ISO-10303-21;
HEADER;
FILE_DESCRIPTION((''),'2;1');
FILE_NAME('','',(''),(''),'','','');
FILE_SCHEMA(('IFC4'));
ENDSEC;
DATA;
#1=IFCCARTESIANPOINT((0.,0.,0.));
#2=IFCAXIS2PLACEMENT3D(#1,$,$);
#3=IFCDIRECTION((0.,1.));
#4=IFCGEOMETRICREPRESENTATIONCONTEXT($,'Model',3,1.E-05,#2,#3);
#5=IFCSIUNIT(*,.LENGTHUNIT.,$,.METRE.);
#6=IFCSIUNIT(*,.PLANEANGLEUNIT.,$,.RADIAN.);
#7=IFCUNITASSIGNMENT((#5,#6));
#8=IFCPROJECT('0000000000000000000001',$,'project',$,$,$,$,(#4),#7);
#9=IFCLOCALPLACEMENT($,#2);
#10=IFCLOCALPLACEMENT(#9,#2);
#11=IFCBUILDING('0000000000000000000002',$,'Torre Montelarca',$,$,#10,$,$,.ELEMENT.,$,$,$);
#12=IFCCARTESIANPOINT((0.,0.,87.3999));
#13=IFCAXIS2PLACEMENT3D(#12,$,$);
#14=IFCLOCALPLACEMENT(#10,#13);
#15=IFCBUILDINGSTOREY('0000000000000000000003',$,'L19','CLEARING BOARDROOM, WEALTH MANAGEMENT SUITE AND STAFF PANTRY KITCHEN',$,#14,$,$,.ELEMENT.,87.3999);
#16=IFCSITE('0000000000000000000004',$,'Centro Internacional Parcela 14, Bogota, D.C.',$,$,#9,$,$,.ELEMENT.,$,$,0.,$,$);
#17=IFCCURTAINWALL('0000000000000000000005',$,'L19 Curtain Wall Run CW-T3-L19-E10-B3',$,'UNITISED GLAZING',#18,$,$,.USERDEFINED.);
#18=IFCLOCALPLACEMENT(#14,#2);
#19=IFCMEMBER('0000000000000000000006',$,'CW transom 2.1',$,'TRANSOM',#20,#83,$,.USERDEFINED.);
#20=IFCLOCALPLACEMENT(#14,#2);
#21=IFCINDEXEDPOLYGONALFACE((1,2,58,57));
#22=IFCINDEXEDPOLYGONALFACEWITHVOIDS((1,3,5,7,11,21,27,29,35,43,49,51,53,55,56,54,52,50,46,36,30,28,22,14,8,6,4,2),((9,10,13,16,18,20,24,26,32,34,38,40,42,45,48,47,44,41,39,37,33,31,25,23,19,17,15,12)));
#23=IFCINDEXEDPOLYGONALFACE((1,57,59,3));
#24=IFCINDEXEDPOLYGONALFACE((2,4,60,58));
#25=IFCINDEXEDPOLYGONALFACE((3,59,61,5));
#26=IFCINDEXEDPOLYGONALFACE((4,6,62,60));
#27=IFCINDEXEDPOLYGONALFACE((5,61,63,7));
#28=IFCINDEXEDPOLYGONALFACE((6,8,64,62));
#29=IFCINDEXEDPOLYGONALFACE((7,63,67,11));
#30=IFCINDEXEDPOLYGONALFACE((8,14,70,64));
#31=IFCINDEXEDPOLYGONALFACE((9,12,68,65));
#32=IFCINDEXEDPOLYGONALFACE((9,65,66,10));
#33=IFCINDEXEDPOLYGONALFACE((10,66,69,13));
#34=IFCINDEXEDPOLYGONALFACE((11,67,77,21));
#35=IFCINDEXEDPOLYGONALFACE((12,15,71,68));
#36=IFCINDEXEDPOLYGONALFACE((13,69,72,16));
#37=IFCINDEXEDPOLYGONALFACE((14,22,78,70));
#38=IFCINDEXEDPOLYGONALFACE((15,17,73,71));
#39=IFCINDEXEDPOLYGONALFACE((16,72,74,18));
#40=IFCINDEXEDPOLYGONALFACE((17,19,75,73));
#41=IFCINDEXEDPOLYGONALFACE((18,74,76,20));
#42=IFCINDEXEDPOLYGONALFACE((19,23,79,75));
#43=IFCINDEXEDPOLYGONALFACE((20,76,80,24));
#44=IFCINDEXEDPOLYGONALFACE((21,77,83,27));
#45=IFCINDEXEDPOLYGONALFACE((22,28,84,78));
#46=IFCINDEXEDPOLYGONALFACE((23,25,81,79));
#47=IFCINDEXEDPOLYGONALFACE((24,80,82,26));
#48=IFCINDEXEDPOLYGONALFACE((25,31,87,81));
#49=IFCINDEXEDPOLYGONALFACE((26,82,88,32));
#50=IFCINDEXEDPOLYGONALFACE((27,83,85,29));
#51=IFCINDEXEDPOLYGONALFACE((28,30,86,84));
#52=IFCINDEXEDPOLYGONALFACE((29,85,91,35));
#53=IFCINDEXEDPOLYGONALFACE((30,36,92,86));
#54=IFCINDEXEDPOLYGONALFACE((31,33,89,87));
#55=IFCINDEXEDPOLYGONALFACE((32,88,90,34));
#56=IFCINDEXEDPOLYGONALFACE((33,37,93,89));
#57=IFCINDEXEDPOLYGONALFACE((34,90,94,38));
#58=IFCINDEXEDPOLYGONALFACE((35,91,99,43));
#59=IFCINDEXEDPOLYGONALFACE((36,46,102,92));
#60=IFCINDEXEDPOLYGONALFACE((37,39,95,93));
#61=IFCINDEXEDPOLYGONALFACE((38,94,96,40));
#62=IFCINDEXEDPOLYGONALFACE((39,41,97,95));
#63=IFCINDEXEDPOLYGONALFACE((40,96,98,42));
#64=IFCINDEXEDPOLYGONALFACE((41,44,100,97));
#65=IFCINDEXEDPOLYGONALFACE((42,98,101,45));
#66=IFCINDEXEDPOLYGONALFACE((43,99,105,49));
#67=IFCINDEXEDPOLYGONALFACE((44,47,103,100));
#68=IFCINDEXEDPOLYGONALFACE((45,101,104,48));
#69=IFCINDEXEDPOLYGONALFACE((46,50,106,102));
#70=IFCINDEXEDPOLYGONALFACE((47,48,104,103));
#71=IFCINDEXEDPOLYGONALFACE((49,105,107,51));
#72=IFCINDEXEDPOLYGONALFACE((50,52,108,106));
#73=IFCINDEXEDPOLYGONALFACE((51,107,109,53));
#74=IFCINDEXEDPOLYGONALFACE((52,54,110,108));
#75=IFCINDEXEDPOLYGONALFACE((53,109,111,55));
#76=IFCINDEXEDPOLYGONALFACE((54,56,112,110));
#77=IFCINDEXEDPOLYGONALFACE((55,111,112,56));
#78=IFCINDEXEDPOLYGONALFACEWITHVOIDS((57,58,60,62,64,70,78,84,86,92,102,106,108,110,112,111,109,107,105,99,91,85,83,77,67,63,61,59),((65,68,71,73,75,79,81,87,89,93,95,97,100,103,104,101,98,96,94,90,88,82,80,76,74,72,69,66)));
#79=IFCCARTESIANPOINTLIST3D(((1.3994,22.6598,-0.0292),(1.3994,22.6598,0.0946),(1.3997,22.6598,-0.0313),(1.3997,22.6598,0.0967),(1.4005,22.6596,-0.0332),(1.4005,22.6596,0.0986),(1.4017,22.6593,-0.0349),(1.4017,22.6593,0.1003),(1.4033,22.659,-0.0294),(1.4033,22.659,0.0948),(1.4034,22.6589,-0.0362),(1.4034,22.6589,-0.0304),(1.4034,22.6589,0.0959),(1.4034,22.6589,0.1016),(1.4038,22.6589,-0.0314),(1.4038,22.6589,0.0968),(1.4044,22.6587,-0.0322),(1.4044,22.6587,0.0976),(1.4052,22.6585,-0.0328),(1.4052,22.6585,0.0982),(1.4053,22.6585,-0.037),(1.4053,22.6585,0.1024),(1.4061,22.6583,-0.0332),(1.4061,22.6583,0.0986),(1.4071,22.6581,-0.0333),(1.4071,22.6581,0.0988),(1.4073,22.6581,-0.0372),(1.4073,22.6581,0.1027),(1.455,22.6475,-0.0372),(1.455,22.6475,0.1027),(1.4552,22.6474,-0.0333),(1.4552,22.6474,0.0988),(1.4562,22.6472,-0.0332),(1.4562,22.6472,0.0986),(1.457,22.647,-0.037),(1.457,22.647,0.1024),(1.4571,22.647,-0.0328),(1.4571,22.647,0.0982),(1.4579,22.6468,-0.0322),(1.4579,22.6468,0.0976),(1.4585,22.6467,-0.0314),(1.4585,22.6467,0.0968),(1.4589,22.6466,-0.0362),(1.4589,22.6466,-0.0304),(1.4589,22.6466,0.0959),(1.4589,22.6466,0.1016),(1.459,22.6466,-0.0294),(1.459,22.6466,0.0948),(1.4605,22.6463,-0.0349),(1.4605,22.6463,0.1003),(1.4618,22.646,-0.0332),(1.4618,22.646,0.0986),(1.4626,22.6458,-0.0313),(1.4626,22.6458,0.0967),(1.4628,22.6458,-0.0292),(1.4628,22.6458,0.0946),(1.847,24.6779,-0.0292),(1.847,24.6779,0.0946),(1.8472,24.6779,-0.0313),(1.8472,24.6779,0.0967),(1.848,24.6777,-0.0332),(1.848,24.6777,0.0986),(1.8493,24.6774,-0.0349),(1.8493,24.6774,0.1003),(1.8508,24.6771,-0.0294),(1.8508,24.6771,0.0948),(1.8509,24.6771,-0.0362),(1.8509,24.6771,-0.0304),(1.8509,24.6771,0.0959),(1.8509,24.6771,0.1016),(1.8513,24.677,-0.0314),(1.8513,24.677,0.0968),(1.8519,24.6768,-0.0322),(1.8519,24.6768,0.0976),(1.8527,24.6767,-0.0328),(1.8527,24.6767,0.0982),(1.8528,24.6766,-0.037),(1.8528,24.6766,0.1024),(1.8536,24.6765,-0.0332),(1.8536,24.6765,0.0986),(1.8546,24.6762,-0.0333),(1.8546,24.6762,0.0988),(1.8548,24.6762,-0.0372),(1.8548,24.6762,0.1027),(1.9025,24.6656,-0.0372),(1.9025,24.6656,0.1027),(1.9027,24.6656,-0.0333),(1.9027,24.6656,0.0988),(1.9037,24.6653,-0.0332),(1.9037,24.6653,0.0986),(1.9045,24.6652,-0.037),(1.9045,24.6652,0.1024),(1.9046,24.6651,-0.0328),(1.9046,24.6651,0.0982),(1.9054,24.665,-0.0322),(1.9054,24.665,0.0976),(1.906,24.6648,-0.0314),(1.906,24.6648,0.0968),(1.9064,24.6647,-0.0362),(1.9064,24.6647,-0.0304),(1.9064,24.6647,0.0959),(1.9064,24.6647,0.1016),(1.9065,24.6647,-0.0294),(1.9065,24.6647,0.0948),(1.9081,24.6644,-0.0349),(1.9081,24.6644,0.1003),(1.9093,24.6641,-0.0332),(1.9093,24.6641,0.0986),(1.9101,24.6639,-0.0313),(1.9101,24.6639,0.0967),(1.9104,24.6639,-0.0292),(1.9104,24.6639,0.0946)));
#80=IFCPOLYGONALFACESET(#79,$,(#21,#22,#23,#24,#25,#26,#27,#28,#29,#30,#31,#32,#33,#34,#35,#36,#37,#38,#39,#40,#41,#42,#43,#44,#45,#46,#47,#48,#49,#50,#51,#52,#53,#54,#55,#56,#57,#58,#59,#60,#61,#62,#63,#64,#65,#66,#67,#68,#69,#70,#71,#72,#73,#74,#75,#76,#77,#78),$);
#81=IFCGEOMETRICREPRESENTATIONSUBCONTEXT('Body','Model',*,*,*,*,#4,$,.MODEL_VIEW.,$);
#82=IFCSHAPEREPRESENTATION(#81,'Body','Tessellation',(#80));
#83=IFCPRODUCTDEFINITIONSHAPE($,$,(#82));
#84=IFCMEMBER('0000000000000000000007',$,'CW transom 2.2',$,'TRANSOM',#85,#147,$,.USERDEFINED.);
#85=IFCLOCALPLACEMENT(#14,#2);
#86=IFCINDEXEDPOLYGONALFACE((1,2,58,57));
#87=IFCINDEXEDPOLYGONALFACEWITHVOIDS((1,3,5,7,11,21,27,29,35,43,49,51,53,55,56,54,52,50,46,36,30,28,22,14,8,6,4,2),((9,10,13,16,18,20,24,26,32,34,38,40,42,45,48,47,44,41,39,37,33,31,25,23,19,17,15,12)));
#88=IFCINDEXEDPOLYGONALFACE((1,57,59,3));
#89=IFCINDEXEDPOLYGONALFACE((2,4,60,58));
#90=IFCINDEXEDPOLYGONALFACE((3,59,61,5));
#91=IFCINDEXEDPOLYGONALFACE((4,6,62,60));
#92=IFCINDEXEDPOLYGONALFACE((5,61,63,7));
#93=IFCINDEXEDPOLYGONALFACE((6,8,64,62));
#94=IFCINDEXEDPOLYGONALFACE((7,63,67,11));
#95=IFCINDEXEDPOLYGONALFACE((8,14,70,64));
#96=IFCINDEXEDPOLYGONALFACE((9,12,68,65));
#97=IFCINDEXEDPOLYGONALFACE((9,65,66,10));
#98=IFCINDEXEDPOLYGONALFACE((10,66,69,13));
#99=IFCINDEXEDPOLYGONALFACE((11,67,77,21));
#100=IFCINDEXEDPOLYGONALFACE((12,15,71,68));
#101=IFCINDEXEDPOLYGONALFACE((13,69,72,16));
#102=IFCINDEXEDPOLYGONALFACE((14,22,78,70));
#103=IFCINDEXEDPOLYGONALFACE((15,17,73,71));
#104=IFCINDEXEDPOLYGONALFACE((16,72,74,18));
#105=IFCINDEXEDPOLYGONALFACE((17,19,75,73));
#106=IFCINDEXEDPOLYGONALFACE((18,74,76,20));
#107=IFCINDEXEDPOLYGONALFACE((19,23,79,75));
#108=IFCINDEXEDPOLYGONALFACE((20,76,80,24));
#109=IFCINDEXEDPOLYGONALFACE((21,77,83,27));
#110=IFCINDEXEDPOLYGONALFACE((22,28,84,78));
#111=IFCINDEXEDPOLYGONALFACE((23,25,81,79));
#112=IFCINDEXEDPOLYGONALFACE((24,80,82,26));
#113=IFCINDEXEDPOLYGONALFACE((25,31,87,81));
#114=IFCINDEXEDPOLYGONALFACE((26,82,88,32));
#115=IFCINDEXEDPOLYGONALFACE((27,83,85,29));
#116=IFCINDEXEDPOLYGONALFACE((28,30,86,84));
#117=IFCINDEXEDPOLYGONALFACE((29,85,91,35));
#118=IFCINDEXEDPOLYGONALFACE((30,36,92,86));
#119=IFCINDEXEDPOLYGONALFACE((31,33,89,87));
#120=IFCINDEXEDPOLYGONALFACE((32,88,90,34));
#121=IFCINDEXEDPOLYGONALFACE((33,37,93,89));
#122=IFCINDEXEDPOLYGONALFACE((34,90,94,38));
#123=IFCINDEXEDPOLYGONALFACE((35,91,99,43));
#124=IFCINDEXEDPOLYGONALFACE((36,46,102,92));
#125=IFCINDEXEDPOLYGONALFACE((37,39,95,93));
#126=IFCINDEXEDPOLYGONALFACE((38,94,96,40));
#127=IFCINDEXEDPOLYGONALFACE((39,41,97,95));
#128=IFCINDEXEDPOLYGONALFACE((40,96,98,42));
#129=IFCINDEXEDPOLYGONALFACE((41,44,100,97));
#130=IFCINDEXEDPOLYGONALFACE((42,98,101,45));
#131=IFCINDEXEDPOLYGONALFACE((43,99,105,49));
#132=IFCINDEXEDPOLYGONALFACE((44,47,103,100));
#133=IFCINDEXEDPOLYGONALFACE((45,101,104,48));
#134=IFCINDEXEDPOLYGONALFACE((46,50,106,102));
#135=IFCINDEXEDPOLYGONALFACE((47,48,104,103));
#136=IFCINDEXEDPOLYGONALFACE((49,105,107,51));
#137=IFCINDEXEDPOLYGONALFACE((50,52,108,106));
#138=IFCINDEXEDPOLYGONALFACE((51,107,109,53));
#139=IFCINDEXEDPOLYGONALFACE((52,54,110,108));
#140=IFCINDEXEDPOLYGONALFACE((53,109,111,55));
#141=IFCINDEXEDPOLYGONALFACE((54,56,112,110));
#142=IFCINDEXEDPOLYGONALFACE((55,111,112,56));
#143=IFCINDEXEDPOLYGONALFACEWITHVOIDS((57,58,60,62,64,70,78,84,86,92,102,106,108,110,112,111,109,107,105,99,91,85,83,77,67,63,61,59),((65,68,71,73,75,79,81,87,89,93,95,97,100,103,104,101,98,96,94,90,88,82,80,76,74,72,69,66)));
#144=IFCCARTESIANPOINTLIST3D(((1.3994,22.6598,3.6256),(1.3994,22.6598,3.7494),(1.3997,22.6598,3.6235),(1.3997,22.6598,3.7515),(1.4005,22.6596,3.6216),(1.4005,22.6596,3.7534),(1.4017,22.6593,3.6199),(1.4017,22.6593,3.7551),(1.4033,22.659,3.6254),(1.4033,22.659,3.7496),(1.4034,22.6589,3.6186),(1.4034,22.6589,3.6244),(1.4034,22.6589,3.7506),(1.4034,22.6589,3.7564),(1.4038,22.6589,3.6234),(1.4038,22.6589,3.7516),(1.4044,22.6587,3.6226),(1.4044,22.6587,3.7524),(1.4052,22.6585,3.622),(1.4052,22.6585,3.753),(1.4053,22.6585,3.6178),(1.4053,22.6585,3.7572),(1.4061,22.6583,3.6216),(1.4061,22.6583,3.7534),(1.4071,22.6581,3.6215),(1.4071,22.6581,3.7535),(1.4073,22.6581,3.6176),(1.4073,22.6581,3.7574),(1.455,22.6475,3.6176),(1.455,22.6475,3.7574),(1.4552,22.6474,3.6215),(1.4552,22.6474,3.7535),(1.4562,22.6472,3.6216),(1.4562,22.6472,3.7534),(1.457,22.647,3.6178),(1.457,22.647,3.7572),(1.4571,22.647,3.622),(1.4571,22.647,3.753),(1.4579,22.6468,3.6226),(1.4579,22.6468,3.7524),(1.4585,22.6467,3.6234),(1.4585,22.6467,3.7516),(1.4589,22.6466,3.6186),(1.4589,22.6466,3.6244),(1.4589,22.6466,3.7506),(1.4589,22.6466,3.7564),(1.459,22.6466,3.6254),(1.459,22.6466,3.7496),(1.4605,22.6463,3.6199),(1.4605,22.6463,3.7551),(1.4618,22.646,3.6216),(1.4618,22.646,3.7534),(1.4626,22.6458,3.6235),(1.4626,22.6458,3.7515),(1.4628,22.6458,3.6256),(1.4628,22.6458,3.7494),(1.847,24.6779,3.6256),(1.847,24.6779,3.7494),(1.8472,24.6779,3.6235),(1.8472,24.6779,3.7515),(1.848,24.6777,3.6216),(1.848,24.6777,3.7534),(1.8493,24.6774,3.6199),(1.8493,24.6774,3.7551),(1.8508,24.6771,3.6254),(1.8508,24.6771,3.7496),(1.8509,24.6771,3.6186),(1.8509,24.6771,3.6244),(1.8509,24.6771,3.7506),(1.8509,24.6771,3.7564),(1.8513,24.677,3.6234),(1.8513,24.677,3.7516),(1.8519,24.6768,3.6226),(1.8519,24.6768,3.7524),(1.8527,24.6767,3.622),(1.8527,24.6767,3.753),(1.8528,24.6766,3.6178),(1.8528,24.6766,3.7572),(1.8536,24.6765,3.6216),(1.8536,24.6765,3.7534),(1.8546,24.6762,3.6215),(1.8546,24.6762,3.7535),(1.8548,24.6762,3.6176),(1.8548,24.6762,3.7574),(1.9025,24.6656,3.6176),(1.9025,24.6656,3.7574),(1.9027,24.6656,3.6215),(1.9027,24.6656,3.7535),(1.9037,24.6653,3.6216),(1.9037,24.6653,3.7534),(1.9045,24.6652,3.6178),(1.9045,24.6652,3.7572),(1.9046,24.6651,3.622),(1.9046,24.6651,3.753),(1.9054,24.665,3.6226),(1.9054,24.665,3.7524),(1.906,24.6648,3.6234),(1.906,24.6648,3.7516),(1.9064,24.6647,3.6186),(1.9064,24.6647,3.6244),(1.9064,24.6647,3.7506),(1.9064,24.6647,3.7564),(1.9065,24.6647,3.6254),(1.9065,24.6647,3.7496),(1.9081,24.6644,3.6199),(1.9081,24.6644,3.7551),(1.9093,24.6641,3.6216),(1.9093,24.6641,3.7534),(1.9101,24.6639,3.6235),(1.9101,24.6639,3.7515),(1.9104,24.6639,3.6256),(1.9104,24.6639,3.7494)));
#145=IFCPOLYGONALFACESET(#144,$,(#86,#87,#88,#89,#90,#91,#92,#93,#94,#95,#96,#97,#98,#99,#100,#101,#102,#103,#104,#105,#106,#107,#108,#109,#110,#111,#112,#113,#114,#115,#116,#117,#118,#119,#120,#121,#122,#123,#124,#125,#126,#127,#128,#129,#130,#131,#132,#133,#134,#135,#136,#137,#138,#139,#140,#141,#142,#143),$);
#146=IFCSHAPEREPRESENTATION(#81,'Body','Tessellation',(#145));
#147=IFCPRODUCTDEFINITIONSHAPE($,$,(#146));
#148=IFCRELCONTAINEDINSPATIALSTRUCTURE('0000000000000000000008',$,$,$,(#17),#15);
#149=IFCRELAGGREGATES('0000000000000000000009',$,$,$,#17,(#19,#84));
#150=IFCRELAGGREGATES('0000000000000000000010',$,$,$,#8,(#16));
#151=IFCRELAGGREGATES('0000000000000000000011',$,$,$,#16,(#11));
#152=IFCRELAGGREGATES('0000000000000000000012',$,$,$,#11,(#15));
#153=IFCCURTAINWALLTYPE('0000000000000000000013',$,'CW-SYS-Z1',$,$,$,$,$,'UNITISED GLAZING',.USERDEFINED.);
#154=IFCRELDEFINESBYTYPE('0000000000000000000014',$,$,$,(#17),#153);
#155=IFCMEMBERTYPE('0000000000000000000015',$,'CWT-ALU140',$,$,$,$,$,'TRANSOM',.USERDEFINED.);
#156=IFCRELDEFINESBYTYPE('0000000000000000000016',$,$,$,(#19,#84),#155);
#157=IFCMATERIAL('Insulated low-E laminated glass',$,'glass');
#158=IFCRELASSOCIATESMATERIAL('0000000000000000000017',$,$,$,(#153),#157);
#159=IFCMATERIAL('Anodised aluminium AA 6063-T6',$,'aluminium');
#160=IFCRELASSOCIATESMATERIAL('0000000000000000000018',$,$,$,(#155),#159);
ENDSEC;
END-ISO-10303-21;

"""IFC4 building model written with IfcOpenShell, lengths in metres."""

from ifc_helpers import new_model, si_unit, direction, frame, origin, origin_2d, place, context, subcontext, project, spatial, hollow_rectangle, extrude, source, transform, mapped, material, material_profile, profile_set, type_object, element, aggregate, save


model = new_model("IFC4")

# Units and contexts
model_context = context("Model", 3, precision=1e-05, world=origin(), true_north=direction((0.0, 1.0)))
body_context = subcontext(model_context, "Body", "Model", "MODEL_VIEW")
ifc_project = project(units=[si_unit("LENGTHUNIT", "METRE"), si_unit("PLANEANGLEUNIT", "RADIAN")], contexts=[model_context])

# Site, building, storey
site_placement = place(None, origin())
site = spatial("IfcSite", under=ifc_project, at=site_placement, Name="Centro Internacional Parcela 14, Bogota, D.C.", CompositionType="ELEMENT", RefElevation=0.0)
building_placement = place(site_placement, origin())
building = spatial("IfcBuilding", under=site, at=building_placement, Name="Torre Montelarca", CompositionType="ELEMENT")
storey_placement = place(building_placement, frame((0.0, 0.0, 87.3999)))
storey = spatial("IfcBuildingStorey", under=building, at=storey_placement, Name="L19", Description="CLEARING BOARDROOM, WEALTH MANAGEMENT SUITE AND STAFF PANTRY KITCHEN", CompositionType="ELEMENT", Elevation=87.3999)

# Curtain wall, members
ifc_material_1 = material(Name="Insulated low-E laminated glass", Category="glass")
curtain_wall_type = type_object("IfcCurtainWallType", Name="CW-SYS-Z1", ElementType="UNITISED GLAZING", PredefinedType="USERDEFINED", material=ifc_material_1)
curtain_wall_1_placement = place(storey_placement, origin())
curtain_wall_1 = element("IfcCurtainWall", 1, at=curtain_wall_1_placement, inside=storey, type_object=curtain_wall_type, Name="L19 Curtain Wall Run CW-T3-L19-E10-B3", ObjectType="UNITISED GLAZING", PredefinedType="USERDEFINED")
ifc_material_2 = material(Name="Anodised aluminium AA 6063-T6", Category="aluminium")
ifc_material_profile_1 = material_profile(ifc_material_2, hollow_rectangle(XDim=0.0649, YDim=0.1399, WallThickness=0.0039, InnerFilletRadius=0.0039, OuterFilletRadius=0.0081, at=origin_2d()), Name="ALU65X140X4", Category="aluminium")
ifc_profile_set_1 = profile_set([ifc_material_profile_1], Name="Anodised aluminium AA 6063-T6")
member_type_1 = type_object("IfcMemberType", Name="CWT-ALU140", ElementType="TRANSOM", PredefinedType="USERDEFINED", material=ifc_profile_set_1)
shared_shape_1 = source(origin(), body_context, "Body", "SweptSolid", [
    extrude(hollow_rectangle(XDim=0.0649, YDim=0.1399, WallThickness=0.0039, InnerFilletRadius=0.0039, OuterFilletRadius=0.0081, at=origin_2d()), origin(), (0.0, 0.0, 1.0), 2.0671),
])
member_1_placement = place(storey_placement, frame((1.8787, 24.6709, 0.0327), z_axis=(-0.216493, -0.976284, 0.0), x_axis=(0.976284, -0.216493, 0.0)))
member_1 = element("IfcMember", 2, at=member_1_placement, type_object=member_type_1, Name="CW transom 2.1", ObjectType="TRANSOM", PredefinedType="USERDEFINED", context=body_context, shape_type="MappedRepresentation", body=[
    mapped(shared_shape_1, transform((0.0, 0.0, 0.0), scale=1.0)),
])
member_2_placement = place(storey_placement, frame((1.8787, 24.6709, 3.6875), z_axis=(-0.216493, -0.976284, 0.0), x_axis=(0.976284, -0.216493, 0.0)))
member_2 = element("IfcMember", 3, at=member_2_placement, type_object=member_type_1, Name="CW transom 2.2", ObjectType="TRANSOM", PredefinedType="USERDEFINED", context=body_context, shape_type="MappedRepresentation", body=[
    mapped(shared_shape_1, transform((0.0, 0.0, 0.0), scale=1.0)),
])

aggregate(curtain_wall_1, [member_1, member_2])

save(model, "model.ifc")
